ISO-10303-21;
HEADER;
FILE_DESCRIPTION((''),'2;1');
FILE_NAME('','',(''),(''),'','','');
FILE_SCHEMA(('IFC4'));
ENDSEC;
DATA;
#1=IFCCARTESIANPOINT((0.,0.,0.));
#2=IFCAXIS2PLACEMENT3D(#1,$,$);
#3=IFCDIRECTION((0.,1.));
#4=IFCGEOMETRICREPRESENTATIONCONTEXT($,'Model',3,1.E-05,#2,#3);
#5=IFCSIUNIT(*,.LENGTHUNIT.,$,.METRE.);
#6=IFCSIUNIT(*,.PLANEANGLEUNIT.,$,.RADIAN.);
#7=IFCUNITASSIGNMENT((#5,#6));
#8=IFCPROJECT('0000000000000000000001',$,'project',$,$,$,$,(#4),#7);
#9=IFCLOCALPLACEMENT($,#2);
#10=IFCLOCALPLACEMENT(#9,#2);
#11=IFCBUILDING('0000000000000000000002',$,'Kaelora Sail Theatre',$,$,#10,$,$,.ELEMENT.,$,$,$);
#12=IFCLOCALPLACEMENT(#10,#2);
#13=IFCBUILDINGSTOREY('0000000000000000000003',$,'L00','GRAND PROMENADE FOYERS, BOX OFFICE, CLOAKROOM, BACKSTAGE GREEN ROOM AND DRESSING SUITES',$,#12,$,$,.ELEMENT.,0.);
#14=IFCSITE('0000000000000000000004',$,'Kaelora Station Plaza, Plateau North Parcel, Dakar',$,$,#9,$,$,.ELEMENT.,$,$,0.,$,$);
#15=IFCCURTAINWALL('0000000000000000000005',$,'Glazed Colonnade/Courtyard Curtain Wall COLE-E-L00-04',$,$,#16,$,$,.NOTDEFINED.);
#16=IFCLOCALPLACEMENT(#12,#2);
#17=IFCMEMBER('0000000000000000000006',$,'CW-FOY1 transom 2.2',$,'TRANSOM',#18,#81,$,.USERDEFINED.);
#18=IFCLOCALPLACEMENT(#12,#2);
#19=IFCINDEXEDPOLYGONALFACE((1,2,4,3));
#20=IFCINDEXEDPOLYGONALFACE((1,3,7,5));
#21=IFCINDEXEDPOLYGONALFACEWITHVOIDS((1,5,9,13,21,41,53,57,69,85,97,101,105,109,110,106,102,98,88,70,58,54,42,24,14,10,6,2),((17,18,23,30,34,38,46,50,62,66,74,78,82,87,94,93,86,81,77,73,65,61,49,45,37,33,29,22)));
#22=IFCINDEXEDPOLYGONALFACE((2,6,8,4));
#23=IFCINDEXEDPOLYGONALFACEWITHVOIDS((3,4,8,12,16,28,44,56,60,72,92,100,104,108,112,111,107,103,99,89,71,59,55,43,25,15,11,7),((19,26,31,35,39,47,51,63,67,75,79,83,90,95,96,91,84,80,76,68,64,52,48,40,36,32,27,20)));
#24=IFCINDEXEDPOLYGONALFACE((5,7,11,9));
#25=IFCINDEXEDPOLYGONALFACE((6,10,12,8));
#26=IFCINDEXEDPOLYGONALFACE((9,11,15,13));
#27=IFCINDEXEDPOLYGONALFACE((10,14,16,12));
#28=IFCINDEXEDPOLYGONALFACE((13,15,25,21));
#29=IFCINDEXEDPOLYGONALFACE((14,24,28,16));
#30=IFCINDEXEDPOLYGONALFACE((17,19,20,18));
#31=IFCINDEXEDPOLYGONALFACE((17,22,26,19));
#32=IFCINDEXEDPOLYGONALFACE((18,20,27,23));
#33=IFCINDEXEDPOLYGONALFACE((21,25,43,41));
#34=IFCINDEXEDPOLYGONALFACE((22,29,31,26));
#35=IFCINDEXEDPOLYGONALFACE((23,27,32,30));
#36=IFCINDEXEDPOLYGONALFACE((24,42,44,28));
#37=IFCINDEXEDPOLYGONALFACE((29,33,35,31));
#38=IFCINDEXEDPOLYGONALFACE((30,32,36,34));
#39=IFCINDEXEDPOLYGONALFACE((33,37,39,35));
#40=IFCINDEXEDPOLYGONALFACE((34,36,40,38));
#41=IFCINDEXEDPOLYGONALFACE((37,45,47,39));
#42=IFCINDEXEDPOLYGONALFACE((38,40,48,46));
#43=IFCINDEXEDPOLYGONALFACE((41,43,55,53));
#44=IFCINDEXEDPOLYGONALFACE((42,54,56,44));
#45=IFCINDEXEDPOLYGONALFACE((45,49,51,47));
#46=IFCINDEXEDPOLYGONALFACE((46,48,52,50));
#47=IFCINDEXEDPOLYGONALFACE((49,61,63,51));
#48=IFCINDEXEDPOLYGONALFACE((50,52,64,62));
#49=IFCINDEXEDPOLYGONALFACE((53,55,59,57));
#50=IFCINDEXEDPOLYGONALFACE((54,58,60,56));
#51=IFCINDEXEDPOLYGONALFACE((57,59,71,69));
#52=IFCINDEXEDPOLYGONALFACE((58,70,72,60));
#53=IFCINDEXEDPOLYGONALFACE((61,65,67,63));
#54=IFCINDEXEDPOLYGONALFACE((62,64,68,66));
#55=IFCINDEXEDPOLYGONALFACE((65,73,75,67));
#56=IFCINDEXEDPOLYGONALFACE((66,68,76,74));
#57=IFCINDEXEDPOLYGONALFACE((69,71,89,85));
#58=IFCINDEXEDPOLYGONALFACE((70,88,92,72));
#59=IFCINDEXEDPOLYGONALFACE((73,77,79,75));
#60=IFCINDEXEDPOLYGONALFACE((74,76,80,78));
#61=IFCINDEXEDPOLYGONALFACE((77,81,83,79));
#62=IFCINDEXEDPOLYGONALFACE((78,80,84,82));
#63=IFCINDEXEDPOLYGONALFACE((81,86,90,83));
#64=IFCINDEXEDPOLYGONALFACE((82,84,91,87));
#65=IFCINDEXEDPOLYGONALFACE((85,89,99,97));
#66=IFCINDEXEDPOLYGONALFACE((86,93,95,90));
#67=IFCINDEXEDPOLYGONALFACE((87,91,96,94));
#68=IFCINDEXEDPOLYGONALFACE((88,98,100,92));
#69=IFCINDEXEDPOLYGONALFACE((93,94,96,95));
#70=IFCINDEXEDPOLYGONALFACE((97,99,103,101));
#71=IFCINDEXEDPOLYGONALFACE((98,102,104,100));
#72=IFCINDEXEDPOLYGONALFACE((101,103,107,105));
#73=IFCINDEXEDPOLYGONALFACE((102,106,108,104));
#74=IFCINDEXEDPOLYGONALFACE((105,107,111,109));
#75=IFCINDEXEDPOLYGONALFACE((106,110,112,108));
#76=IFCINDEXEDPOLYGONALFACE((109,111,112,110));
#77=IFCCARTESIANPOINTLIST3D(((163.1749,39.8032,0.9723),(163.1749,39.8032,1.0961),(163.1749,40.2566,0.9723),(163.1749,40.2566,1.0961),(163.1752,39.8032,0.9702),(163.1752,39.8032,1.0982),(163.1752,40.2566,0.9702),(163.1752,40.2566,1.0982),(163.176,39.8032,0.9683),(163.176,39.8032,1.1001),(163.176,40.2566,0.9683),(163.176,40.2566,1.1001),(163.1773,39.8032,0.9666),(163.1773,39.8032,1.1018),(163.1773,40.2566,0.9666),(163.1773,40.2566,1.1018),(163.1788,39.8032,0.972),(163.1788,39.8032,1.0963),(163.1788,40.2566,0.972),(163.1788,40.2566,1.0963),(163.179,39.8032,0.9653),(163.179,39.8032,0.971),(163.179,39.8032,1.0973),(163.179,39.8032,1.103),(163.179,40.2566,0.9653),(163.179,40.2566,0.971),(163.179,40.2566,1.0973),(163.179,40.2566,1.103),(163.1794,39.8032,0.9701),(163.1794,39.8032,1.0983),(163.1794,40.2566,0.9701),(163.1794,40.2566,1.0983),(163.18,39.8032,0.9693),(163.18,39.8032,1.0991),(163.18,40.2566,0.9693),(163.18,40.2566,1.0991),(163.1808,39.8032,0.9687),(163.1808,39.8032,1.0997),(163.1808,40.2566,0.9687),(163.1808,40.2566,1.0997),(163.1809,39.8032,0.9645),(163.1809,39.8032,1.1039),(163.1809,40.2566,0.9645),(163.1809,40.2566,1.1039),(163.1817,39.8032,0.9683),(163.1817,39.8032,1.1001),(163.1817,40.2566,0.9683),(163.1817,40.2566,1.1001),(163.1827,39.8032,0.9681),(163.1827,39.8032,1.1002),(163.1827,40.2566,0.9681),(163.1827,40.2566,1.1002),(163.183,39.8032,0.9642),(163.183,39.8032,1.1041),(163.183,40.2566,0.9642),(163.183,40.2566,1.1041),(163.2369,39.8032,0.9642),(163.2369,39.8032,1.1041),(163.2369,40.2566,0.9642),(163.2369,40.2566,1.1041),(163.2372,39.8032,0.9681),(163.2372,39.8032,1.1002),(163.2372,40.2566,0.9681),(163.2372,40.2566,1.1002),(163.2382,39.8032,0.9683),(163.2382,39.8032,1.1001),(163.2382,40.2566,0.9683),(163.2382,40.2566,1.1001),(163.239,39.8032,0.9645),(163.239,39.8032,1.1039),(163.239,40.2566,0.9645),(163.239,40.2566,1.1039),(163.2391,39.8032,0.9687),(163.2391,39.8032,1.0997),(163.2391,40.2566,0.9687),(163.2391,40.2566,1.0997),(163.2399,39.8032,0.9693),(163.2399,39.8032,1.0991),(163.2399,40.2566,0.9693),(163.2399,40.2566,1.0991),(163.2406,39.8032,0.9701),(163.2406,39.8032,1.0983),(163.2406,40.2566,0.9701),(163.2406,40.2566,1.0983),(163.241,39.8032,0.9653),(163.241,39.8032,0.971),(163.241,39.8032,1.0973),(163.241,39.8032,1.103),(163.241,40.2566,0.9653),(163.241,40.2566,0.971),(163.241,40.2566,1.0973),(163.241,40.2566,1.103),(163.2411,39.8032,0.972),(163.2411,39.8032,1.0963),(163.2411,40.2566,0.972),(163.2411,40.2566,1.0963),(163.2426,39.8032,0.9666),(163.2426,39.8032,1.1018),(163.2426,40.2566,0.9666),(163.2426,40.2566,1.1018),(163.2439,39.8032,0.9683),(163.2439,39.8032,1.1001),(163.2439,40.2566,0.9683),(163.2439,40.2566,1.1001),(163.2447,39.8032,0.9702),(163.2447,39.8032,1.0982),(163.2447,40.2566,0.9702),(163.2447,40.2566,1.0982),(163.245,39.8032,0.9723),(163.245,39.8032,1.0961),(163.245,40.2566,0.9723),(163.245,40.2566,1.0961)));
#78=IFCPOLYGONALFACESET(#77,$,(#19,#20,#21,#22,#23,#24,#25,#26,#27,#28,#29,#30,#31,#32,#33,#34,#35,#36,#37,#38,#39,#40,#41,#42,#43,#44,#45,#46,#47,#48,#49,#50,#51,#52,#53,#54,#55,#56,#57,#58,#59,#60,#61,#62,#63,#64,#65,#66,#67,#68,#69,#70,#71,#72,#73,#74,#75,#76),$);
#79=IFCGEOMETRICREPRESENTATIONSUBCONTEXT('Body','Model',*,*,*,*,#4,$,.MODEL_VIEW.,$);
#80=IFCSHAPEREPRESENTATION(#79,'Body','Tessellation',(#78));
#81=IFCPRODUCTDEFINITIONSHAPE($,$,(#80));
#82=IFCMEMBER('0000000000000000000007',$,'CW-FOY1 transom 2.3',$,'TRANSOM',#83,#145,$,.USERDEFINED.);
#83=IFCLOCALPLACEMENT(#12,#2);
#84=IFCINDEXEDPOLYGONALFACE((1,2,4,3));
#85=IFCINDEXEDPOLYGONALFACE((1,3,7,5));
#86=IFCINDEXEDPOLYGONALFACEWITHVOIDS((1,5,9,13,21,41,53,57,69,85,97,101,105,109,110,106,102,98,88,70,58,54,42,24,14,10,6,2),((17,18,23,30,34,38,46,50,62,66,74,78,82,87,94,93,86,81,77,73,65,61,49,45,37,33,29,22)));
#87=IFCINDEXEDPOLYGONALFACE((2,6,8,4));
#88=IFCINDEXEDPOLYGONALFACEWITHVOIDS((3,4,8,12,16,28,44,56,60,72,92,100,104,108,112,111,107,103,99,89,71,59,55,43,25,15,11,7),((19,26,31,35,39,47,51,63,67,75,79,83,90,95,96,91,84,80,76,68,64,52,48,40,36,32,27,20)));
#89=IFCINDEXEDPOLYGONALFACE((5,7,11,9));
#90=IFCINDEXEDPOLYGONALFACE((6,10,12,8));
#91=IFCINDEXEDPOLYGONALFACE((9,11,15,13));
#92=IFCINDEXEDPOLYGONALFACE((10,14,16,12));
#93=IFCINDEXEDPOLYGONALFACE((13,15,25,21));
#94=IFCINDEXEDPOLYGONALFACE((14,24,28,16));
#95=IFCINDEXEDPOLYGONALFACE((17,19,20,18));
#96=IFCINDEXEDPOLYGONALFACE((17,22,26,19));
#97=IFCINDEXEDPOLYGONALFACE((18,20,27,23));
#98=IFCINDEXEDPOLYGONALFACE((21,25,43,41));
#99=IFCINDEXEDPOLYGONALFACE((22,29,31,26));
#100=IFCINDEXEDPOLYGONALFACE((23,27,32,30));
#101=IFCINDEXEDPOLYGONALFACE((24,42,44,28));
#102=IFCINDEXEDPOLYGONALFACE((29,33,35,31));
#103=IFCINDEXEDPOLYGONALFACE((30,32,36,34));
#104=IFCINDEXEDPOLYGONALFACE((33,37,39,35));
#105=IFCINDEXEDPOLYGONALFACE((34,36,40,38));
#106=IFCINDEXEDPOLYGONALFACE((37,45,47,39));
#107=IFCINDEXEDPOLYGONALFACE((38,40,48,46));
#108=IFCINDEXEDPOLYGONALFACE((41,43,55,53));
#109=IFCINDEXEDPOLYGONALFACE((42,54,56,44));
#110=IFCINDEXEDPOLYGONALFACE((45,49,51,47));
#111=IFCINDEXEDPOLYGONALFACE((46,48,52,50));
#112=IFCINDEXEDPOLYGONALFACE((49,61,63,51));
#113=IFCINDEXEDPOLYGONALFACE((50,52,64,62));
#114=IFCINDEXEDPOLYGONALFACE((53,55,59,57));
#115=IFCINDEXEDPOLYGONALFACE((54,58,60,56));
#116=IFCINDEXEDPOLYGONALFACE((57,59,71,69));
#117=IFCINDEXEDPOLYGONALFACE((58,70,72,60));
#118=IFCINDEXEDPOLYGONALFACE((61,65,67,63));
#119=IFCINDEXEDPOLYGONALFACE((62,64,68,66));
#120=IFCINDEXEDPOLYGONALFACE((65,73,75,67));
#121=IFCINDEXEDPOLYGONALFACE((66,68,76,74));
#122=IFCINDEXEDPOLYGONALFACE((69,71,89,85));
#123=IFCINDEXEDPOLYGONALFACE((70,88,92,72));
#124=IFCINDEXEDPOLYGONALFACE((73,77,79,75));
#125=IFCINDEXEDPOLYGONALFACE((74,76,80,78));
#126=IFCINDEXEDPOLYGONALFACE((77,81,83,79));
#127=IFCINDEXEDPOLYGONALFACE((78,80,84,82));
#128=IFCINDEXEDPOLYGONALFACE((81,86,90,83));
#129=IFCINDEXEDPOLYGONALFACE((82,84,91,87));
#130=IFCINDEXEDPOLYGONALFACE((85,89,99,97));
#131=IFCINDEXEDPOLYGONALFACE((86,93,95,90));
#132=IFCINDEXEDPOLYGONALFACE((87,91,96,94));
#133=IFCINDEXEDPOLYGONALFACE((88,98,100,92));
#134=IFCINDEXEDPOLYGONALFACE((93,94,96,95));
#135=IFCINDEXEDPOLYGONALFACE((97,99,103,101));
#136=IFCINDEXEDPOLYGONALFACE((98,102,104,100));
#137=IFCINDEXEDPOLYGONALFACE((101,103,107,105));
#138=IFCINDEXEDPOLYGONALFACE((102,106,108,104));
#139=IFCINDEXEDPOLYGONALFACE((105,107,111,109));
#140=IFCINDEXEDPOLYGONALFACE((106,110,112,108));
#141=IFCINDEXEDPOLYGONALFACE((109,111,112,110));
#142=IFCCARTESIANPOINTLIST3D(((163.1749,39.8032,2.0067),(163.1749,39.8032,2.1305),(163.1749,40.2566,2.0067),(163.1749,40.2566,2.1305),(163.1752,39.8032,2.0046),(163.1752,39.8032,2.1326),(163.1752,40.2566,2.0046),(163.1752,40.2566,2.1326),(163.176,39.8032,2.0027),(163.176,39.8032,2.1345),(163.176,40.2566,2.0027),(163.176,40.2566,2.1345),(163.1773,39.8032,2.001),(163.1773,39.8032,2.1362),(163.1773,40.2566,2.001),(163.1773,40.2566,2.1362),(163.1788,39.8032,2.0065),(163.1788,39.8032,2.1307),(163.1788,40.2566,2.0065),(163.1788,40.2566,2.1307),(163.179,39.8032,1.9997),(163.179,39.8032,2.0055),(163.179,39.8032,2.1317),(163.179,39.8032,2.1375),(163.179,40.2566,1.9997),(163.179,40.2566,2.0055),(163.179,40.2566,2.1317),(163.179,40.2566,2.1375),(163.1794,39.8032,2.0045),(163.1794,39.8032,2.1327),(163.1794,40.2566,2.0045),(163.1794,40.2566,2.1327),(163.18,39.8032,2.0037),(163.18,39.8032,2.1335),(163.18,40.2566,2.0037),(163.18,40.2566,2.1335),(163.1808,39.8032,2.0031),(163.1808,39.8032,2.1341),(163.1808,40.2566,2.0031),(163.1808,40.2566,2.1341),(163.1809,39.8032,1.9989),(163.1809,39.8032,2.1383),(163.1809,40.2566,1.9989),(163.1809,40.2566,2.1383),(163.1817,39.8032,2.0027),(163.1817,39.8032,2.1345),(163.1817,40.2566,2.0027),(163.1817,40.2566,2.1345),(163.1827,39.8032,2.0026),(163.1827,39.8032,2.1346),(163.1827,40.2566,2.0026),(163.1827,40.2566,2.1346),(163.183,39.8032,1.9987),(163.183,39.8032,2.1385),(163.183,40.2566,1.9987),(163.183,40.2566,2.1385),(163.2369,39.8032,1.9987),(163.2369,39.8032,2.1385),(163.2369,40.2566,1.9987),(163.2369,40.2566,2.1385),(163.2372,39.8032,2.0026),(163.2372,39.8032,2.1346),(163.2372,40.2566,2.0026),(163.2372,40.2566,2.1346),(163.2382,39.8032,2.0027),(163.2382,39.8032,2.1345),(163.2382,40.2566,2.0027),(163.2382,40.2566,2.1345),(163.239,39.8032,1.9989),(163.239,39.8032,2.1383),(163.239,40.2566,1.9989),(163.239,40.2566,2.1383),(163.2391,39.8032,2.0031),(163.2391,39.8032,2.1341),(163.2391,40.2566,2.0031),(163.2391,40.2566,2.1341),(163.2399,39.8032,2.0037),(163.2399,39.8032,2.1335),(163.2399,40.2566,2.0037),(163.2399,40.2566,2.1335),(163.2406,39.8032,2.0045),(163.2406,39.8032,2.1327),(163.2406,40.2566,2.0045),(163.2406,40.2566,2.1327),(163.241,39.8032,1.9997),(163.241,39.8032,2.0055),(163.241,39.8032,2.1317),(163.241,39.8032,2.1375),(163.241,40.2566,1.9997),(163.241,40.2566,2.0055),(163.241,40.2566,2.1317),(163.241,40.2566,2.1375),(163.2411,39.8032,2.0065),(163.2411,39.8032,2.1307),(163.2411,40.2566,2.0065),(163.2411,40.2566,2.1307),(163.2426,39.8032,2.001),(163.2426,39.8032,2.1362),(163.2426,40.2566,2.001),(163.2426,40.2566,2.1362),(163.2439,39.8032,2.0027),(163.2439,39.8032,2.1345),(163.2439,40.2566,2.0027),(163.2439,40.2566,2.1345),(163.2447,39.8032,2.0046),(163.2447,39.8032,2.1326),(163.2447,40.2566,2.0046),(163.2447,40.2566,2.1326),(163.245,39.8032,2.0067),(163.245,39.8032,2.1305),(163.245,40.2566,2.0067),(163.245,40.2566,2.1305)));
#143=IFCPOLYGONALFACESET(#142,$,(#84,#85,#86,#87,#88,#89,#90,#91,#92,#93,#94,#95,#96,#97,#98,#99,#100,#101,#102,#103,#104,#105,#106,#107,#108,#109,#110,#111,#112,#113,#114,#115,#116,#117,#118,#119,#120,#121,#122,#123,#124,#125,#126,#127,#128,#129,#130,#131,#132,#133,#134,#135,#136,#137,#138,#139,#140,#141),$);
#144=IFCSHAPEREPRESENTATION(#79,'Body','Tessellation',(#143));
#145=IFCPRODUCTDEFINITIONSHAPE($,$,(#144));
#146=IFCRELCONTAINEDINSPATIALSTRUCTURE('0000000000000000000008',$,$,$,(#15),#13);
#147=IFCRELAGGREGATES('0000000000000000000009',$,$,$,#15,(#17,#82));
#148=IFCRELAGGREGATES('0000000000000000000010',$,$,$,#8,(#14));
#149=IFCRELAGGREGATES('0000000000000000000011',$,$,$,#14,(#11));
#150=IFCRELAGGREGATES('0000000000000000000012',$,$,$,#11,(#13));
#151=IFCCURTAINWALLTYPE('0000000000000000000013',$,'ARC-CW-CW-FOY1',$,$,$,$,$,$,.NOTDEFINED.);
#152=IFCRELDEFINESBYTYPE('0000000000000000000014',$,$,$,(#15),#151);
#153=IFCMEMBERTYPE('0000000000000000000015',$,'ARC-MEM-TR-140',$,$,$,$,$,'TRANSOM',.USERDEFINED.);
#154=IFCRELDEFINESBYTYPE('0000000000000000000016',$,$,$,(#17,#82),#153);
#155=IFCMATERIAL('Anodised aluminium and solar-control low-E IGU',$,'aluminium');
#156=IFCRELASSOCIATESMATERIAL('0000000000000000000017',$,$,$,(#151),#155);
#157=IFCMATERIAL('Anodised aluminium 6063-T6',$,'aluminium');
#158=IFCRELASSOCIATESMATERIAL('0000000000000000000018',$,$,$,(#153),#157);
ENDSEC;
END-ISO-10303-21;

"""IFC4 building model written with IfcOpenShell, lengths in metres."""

from ifc_helpers import new_model, si_unit, direction, frame, origin, origin_2d, place, context, subcontext, project, spatial, hollow_rectangle, extrude, material, material_profile, profile_set, type_object, element, aggregate, save


model = new_model("IFC4")

# Units and contexts
model_context = context("Model", 3, precision=1e-05, world=origin(), true_north=direction((0.0, 1.0)))
body_context = subcontext(model_context, "Body", "Model", "MODEL_VIEW")
ifc_project = project(units=[si_unit("LENGTHUNIT", "METRE"), si_unit("PLANEANGLEUNIT", "RADIAN")], contexts=[model_context])

# Site, building, storey
site_placement = place(None, origin())
site = spatial("IfcSite", under=ifc_project, at=site_placement, Name="Kaelora Station Plaza, Plateau North Parcel, Dakar", CompositionType="ELEMENT", RefElevation=0.0)
building_placement = place(site_placement, origin())
building = spatial("IfcBuilding", under=site, at=building_placement, Name="Kaelora Sail Theatre", CompositionType="ELEMENT")
storey_placement = place(building_placement, origin())
storey = spatial("IfcBuildingStorey", under=building, at=storey_placement, Name="L00", Description="GRAND PROMENADE FOYERS, BOX OFFICE, CLOAKROOM, BACKSTAGE GREEN ROOM AND DRESSING SUITES", CompositionType="ELEMENT", Elevation=0.0)

# Curtain wall, members
ifc_material_1 = material(Name="Anodised aluminium and solar-control low-E IGU", Category="aluminium")
curtain_wall_type = type_object("IfcCurtainWallType", Name="ARC-CW-CW-FOY1", PredefinedType="NOTDEFINED", material=ifc_material_1)
curtain_wall_placement = place(storey_placement, origin())
curtain_wall = element("IfcCurtainWall", 1, at=curtain_wall_placement, inside=storey, type_object=curtain_wall_type, Name="Glazed Colonnade/Courtyard Curtain Wall COLE-E-L00-04", PredefinedType="NOTDEFINED")
ifc_material_2 = material(Name="Anodised aluminium 6063-T6", Category="aluminium")
ifc_material_profile_1 = material_profile(ifc_material_2, hollow_rectangle(XDim=0.0701, YDim=0.1399, WallThickness=0.0039, InnerFilletRadius=0.0039, OuterFilletRadius=0.0081, at=origin_2d()), Name="ALU-TRAN 70x140x4")
ifc_profile_set_1 = profile_set([ifc_material_profile_1], Name="Anodised aluminium 6063-T6")
member_type_1 = type_object("IfcMemberType", Name="ARC-MEM-TR-140", ElementType="TRANSOM", PredefinedType="USERDEFINED", material=ifc_profile_set_1)
member_1_placement = place(storey_placement, frame((163.21, 39.8032, 1.0342), z_axis=(0.0, 1.0, 0.0), x_axis=(-1.0, 0.0, 0.0)))
member_1 = element("IfcMember", 2, at=member_1_placement, type_object=member_type_1, Name="CW-FOY1 transom 2.2", ObjectType="TRANSOM", PredefinedType="USERDEFINED", context=body_context, shape_type="SweptSolid", body=[
    extrude(hollow_rectangle(XDim=0.0701, YDim=0.1399, WallThickness=0.0039, InnerFilletRadius=0.0039, OuterFilletRadius=0.0081, at=origin_2d()), origin(), (0.0, 0.0, 1.0), 0.4534),
])
member_2_placement = place(storey_placement, frame((163.21, 39.8032, 2.0686), z_axis=(0.0, 1.0, 0.0), x_axis=(-1.0, 0.0, 0.0)))
member_2 = element("IfcMember", 3, at=member_2_placement, type_object=member_type_1, Name="CW-FOY1 transom 2.3", ObjectType="TRANSOM", PredefinedType="USERDEFINED", context=body_context, shape_type="SweptSolid", body=[
    extrude(hollow_rectangle(XDim=0.0701, YDim=0.1399, WallThickness=0.0039, InnerFilletRadius=0.0039, OuterFilletRadius=0.0081, at=origin_2d()), origin(), (0.0, 0.0, 1.0), 0.4534),
])

aggregate(curtain_wall, [member_1, member_2])

save(model, "model.ifc")
